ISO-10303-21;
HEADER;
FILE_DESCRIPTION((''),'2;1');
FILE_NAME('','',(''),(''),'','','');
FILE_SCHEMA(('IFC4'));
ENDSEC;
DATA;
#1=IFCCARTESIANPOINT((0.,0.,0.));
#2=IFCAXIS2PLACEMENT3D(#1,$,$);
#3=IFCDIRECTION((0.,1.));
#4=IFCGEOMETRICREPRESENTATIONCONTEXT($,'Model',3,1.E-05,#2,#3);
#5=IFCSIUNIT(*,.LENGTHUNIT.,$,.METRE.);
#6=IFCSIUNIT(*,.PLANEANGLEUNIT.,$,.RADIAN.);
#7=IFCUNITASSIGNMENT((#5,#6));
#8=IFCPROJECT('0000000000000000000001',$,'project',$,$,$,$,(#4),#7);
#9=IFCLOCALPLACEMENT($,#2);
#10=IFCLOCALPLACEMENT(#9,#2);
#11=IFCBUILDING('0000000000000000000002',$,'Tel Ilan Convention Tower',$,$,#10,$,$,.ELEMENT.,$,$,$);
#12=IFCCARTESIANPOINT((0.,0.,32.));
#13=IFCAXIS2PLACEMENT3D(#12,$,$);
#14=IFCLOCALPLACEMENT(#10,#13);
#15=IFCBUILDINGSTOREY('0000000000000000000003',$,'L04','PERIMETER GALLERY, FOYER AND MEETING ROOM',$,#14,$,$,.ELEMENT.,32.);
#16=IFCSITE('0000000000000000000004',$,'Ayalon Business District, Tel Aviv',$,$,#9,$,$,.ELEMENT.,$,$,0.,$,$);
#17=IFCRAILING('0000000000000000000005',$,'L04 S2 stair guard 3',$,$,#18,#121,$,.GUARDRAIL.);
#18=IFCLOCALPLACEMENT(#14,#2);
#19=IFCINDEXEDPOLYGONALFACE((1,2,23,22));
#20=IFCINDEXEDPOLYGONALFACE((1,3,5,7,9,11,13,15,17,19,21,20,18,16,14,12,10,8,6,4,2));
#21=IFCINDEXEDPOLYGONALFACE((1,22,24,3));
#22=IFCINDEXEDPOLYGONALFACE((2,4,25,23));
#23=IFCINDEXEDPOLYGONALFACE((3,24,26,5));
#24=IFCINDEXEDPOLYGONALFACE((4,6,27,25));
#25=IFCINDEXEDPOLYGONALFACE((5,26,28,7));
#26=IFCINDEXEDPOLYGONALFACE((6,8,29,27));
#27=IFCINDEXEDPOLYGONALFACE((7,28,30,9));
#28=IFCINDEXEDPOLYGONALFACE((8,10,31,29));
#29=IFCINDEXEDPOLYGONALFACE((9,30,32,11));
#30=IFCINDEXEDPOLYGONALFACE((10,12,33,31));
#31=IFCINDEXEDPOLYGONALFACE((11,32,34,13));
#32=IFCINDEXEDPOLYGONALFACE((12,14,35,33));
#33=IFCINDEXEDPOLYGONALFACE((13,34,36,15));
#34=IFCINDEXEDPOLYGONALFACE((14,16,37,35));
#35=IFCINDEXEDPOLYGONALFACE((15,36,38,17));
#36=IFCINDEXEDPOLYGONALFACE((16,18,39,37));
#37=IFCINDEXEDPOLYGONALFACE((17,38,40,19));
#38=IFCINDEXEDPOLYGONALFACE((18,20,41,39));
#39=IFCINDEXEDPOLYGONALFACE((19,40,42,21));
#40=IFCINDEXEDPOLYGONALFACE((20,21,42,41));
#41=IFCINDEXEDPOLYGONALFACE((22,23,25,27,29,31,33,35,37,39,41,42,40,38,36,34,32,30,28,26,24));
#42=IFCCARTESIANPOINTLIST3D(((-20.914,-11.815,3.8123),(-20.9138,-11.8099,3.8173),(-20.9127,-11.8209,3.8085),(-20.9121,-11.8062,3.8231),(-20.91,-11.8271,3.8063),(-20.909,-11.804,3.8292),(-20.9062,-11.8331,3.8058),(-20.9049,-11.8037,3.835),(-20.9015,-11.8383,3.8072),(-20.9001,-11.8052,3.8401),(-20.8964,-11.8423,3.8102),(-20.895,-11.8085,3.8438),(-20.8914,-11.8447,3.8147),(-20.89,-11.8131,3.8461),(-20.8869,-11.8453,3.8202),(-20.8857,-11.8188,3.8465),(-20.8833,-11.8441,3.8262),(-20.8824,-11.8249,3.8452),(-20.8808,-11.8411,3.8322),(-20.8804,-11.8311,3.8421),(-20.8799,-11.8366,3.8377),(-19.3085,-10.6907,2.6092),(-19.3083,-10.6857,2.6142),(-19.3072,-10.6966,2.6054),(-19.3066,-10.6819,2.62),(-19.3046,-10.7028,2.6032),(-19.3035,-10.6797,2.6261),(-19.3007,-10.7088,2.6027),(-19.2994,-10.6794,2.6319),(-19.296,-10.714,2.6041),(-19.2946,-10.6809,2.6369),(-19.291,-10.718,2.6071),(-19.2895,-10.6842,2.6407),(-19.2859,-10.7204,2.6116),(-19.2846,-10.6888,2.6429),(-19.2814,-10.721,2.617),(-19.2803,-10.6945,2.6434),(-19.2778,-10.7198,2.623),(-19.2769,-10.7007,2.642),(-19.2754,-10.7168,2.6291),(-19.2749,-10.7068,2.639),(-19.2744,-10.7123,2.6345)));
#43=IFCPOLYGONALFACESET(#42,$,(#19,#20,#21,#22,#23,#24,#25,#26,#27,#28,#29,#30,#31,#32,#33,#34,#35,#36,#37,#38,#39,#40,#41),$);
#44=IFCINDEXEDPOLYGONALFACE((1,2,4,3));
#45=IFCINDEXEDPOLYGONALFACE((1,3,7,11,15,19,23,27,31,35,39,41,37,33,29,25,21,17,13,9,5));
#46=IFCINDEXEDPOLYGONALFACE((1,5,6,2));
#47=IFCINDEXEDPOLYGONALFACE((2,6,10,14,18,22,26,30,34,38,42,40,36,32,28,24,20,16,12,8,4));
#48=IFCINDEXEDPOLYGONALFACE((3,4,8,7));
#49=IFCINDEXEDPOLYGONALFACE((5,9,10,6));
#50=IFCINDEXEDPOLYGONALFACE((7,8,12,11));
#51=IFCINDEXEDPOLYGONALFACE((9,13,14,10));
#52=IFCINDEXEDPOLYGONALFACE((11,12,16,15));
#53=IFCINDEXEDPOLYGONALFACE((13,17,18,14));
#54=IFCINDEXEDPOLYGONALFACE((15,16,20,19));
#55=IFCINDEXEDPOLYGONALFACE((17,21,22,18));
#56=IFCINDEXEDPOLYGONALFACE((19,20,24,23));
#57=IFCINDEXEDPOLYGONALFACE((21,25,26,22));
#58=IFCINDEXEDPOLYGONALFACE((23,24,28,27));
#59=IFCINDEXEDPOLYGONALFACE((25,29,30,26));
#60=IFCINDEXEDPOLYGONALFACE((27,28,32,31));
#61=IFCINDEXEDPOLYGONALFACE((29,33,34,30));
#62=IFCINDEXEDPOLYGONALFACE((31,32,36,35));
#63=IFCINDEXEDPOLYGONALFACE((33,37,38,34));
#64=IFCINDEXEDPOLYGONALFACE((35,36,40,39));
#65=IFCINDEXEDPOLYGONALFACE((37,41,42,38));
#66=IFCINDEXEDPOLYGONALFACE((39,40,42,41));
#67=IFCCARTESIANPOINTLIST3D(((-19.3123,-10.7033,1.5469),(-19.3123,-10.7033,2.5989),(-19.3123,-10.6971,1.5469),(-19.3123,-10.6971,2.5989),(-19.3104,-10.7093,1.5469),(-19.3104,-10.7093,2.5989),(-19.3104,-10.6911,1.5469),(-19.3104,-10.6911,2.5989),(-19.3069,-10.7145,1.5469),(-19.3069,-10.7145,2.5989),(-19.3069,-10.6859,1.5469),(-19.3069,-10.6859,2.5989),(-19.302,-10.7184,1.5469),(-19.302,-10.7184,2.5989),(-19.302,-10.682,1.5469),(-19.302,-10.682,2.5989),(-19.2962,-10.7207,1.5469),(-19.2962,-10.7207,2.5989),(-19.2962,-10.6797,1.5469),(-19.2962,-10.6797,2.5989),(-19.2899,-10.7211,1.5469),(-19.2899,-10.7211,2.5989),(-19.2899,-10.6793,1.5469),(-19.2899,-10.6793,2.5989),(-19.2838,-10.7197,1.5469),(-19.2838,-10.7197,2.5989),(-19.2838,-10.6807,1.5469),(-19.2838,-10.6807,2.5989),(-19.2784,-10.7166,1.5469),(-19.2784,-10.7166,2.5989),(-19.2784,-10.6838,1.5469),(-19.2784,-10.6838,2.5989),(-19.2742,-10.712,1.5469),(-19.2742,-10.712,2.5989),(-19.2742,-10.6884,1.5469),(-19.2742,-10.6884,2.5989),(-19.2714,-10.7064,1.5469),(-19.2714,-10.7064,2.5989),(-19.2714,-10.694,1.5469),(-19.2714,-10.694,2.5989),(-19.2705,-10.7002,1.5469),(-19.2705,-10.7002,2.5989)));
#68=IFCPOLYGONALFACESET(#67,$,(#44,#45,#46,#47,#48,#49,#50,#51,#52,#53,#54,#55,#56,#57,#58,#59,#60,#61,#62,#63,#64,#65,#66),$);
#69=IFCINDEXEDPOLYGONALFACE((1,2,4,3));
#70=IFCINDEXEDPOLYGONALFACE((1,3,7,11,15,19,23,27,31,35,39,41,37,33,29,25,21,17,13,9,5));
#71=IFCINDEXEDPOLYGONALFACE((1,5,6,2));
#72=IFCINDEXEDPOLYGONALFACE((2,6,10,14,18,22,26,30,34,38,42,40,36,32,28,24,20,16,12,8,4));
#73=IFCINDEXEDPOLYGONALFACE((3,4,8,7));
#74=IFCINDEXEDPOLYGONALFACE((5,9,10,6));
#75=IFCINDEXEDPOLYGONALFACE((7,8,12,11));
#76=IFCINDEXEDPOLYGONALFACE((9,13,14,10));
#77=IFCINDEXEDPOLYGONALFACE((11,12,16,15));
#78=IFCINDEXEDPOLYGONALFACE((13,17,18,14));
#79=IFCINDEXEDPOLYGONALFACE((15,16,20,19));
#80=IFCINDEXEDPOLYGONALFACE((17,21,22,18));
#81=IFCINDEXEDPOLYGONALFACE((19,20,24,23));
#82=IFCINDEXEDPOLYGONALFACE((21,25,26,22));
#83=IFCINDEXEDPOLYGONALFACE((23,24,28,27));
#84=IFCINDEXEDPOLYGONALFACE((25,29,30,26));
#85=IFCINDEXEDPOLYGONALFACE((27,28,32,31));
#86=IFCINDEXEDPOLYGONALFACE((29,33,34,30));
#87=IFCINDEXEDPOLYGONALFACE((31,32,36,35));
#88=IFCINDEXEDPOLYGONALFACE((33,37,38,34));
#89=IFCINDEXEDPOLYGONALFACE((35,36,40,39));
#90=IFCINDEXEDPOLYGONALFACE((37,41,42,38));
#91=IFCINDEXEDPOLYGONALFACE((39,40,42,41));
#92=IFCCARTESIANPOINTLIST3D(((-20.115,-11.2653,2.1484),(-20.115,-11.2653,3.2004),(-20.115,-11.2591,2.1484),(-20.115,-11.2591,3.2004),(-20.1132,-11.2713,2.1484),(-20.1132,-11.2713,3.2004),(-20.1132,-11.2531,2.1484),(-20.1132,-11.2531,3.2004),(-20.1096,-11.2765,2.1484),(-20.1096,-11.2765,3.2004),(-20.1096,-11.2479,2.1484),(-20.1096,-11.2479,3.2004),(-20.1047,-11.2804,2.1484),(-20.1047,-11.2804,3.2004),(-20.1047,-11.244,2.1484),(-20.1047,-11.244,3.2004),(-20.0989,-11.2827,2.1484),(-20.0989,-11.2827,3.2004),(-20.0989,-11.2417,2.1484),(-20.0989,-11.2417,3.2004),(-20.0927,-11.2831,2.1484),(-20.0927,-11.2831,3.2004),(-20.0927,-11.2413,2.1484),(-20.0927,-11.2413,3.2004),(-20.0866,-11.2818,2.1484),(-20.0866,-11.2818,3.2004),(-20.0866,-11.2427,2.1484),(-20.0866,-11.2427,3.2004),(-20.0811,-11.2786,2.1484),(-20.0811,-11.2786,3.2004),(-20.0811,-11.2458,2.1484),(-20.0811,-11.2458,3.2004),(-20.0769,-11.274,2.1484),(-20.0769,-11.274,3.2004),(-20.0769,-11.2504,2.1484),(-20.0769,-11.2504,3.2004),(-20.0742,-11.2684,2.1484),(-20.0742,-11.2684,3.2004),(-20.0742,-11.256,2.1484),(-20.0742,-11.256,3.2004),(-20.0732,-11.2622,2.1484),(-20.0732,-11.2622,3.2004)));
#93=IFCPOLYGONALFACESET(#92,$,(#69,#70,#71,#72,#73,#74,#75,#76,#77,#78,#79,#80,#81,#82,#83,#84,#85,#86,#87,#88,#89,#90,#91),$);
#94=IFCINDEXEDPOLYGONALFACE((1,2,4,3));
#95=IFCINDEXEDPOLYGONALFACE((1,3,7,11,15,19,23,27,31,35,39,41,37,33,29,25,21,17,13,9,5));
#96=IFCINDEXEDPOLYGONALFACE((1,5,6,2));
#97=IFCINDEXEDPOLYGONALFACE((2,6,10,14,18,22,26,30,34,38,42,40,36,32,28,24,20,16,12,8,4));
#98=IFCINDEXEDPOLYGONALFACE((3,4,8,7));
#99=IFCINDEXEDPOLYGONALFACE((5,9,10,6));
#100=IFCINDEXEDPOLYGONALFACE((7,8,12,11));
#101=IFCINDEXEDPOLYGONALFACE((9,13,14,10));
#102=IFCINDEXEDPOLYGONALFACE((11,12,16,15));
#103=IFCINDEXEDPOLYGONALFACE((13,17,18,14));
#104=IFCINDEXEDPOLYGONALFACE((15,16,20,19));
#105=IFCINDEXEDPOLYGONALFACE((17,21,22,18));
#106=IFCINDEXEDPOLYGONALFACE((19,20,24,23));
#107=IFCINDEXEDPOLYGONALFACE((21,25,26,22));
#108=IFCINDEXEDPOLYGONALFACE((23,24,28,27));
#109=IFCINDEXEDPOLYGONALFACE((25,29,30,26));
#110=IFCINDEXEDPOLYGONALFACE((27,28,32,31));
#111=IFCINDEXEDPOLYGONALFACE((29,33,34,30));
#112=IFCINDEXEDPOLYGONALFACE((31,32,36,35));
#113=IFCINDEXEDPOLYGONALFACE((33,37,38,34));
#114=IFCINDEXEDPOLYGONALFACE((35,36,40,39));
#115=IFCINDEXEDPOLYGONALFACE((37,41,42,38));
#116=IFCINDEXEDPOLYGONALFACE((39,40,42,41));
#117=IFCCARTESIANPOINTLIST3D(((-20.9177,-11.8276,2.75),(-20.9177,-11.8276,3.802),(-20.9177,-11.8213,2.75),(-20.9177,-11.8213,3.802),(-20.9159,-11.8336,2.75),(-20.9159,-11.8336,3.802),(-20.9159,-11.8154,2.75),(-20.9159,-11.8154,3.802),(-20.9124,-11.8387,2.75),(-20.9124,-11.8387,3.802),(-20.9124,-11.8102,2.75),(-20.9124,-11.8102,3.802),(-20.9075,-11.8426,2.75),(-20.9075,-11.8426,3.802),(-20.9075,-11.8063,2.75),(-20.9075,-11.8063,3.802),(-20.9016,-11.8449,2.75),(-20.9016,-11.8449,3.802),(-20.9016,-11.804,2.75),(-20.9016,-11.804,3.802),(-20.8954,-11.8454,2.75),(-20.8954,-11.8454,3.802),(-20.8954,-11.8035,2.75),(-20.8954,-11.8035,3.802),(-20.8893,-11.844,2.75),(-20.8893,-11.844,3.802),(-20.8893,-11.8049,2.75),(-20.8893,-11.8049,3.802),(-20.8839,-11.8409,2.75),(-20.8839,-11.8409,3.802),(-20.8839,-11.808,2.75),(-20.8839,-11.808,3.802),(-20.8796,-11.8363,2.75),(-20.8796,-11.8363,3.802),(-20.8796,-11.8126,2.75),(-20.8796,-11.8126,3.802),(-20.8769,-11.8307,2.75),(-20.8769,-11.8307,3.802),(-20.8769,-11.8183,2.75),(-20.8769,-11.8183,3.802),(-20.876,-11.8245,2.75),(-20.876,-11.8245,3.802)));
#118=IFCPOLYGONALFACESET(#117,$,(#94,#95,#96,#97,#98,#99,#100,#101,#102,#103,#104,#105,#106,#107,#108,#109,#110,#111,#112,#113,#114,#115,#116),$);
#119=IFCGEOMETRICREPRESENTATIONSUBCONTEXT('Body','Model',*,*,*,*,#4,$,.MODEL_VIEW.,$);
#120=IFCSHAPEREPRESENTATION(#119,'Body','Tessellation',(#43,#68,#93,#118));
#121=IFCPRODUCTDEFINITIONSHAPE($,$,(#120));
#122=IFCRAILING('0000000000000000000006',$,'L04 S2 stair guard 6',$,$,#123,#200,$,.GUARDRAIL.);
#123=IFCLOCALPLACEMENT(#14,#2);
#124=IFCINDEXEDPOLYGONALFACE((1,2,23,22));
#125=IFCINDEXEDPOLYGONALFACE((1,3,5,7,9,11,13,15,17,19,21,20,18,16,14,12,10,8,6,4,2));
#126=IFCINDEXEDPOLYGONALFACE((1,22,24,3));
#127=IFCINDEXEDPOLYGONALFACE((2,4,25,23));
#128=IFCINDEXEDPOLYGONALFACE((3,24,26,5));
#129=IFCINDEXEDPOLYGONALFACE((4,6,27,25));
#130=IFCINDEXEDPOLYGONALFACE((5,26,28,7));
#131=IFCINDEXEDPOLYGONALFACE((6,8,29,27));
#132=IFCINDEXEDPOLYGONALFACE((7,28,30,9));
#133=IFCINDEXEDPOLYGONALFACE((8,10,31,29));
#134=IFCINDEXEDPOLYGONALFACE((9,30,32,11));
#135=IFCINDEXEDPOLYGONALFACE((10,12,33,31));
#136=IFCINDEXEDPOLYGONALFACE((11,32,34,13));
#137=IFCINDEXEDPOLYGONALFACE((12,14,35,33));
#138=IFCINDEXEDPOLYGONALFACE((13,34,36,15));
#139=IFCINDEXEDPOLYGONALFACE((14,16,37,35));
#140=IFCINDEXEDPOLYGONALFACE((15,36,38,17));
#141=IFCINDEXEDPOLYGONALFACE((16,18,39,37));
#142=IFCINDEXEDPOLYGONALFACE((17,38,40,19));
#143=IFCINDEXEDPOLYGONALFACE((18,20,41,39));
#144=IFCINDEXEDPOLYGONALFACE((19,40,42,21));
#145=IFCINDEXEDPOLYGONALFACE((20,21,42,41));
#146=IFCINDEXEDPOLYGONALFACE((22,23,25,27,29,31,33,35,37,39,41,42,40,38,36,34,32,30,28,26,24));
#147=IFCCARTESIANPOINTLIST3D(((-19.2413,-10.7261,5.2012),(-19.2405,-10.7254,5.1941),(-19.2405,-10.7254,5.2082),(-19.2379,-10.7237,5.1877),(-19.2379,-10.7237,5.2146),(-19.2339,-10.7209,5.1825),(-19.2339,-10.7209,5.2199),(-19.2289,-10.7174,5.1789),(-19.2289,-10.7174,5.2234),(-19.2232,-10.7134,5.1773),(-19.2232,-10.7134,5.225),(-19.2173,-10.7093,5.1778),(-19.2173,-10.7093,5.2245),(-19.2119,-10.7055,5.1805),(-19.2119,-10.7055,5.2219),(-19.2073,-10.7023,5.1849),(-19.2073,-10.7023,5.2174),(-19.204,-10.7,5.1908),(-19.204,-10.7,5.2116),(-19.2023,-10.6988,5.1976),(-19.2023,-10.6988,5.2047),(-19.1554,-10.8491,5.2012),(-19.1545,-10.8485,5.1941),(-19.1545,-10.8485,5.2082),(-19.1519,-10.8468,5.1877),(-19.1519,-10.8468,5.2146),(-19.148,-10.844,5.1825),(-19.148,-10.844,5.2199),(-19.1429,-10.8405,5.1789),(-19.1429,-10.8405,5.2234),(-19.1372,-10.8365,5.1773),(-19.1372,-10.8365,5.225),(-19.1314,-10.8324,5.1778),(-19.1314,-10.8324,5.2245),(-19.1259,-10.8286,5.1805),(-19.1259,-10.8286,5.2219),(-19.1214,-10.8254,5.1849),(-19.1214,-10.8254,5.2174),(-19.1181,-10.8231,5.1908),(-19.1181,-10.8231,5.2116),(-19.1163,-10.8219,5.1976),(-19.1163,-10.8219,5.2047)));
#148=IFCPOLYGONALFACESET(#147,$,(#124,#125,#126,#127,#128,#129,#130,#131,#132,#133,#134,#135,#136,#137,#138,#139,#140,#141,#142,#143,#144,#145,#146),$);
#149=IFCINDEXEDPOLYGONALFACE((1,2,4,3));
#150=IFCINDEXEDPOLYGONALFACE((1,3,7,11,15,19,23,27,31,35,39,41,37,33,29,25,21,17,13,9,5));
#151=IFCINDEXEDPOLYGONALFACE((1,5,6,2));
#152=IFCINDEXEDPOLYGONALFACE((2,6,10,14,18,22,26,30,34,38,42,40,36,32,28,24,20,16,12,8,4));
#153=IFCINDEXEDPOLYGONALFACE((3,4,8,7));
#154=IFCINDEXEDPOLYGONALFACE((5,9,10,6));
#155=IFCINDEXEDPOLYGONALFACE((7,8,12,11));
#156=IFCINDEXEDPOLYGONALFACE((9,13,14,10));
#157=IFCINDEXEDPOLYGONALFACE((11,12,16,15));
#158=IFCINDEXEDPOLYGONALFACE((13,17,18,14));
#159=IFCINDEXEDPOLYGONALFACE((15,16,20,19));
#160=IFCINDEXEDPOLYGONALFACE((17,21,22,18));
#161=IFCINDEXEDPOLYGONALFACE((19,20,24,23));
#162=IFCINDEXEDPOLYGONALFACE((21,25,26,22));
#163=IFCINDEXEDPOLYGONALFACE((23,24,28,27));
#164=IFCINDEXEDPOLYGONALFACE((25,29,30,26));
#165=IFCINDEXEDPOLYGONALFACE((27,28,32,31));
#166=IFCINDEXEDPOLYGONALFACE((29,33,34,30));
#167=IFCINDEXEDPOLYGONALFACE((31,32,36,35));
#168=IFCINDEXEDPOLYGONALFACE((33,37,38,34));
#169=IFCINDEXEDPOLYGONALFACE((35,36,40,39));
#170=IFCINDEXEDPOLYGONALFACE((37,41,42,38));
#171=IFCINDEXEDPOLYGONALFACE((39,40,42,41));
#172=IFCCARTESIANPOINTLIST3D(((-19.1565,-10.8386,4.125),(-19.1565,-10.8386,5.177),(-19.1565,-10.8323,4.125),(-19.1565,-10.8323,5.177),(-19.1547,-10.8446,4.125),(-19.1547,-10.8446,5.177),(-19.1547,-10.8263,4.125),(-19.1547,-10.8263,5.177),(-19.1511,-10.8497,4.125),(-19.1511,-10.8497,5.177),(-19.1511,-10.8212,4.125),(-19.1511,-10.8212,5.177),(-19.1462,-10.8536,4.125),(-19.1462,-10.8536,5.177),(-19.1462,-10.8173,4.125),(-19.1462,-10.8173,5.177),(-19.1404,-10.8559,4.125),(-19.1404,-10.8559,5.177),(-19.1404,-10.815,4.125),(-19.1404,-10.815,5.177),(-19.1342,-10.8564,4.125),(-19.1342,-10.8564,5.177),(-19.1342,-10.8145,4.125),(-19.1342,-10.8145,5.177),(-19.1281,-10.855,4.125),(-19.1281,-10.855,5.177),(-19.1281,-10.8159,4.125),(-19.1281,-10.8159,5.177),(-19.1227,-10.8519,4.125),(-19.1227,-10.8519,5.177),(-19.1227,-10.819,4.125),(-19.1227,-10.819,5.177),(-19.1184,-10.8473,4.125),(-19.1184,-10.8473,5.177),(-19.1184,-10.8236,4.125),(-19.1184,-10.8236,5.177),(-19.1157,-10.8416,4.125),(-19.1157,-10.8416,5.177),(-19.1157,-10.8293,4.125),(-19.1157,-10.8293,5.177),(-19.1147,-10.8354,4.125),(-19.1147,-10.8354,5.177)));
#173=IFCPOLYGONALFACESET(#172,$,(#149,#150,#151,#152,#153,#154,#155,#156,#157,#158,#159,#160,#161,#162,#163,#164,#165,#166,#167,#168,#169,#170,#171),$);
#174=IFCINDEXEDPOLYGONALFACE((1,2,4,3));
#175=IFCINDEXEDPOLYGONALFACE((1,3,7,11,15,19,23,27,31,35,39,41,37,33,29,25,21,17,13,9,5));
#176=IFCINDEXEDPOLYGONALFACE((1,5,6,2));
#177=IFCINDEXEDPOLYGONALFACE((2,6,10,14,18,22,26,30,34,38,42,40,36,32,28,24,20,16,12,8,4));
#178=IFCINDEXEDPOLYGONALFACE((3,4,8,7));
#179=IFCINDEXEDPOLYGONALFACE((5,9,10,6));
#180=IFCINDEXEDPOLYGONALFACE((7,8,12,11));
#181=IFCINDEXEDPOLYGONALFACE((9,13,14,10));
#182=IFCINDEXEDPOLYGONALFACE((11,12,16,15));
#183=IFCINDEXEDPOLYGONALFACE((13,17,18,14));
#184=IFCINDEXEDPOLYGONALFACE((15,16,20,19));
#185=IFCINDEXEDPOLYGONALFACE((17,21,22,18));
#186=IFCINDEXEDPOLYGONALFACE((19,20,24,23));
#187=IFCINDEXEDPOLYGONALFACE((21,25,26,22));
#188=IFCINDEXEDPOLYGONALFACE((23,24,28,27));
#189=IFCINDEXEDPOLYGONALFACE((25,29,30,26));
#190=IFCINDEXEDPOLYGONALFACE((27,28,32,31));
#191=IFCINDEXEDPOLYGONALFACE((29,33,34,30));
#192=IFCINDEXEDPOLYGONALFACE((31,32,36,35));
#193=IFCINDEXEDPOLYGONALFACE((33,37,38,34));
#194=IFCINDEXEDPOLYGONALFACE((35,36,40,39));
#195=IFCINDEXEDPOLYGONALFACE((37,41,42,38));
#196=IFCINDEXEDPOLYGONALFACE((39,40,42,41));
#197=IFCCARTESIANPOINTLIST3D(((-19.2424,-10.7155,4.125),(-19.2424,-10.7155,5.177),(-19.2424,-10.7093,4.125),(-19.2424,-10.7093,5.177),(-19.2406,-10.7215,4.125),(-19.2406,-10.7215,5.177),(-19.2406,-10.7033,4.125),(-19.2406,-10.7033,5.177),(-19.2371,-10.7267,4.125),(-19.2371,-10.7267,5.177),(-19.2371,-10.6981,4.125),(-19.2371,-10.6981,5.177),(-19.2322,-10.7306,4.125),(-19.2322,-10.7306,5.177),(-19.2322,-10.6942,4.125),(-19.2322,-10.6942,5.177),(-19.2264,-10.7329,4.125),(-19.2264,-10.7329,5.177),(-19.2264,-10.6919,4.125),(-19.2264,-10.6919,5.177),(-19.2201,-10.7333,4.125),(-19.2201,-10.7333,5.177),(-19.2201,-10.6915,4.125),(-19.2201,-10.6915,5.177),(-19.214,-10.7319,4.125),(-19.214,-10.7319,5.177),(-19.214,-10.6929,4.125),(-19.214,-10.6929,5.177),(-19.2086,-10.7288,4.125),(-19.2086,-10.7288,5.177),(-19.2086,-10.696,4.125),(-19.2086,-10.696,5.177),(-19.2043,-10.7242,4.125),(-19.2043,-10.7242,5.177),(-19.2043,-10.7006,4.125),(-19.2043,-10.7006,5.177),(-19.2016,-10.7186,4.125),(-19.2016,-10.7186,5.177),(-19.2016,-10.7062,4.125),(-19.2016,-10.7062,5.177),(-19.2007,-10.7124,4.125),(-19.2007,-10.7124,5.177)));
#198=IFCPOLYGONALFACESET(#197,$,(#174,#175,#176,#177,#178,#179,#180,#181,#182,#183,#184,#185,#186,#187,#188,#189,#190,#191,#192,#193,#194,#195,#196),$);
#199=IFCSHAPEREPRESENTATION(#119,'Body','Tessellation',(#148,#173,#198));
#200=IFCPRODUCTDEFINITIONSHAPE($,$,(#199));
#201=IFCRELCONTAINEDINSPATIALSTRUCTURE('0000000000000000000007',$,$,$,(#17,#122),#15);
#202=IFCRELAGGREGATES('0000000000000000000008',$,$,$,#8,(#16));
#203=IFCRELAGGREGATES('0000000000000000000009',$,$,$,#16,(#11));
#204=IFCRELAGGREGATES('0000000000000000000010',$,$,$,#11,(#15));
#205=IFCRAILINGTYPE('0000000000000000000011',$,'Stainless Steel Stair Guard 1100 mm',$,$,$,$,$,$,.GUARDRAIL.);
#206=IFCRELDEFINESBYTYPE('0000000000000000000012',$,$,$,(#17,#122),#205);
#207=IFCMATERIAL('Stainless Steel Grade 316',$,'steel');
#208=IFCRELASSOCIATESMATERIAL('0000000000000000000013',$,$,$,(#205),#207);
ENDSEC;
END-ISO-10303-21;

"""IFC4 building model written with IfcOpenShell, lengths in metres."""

from ifc_helpers import new_model, si_unit, direction, frame, origin, origin_2d, place, context, subcontext, project, spatial, circle, extrude, material, type_object, element, save


model = new_model("IFC4")

# Units and contexts
model_context = context("Model", 3, precision=1e-05, world=origin(), true_north=direction((0.0, 1.0)))
body_context = subcontext(model_context, "Body", "Model", "MODEL_VIEW")
ifc_project = project(units=[si_unit("LENGTHUNIT", "METRE"), si_unit("PLANEANGLEUNIT", "RADIAN")], contexts=[model_context])

# Site, building, storey
site_placement = place(None, origin())
site = spatial("IfcSite", under=ifc_project, at=site_placement, Name="Ayalon Business District, Tel Aviv", CompositionType="ELEMENT", RefElevation=0.0)
building_placement = place(site_placement, origin())
building = spatial("IfcBuilding", under=site, at=building_placement, Name="Tel Ilan Convention Tower", CompositionType="ELEMENT")
storey_placement = place(building_placement, frame((0.0, 0.0, 32.0)))
storey = spatial("IfcBuildingStorey", under=building, at=storey_placement, Name="L04", Description="PERIMETER GALLERY, FOYER AND MEETING ROOM", CompositionType="ELEMENT", Elevation=32.0)

# Railings
ifc_material_1 = material(Name="Stainless Steel Grade 316", Category="steel")
railing_type_1 = type_object("IfcRailingType", Name="Stainless Steel Stair Guard 1100 mm", PredefinedType="GUARDRAIL", material=ifc_material_1)
railing_1_placement = place(storey_placement, frame((-19.2915, -10.7002, 1.5469)))
element("IfcRailing", 1, at=railing_1_placement, inside=storey, type_object=railing_type_1, Name="L04 S2 stair guard 3", PredefinedType="GUARDRAIL", context=body_context, shape_type="SweptSolid", body=[
    extrude(circle(Radius=0.0239, at=origin_2d()), frame((0.0, 0.0, 1.0762), z_axis=(-0.698095, -0.488857, 0.523146), x_axis=(0.573613, -0.819127, 0.0)), (0.0, 0.0, 1.0), 2.2998),
    extrude(circle(Radius=0.021, at=origin_2d()), origin(), (0.0, 0.0, 1.0), 1.052),
    extrude(circle(Radius=0.021, at=origin_2d()), frame((-0.8027, -0.562, 0.6016)), (0.0, 0.0, 1.0), 1.052),
    extrude(circle(Radius=0.021, at=origin_2d()), frame((-1.6055, -1.1243, 1.2031)), (0.0, 0.0, 1.0), 1.052),
])
railing_2_placement = place(storey_placement, frame((-19.1357, -10.8354, 4.125)))
element("IfcRailing", 2, at=railing_2_placement, inside=storey, type_object=railing_type_1, Name="L04 S2 stair guard 6", PredefinedType="GUARDRAIL", context=body_context, shape_type="SweptSolid", body=[
    extrude(circle(Radius=0.0239, at=origin_2d()), frame((0.0, 0.0, 1.0762), z_axis=(-0.572589, 0.819843, 0.0), x_axis=(-0.819843, -0.572589, 0.0)), (0.0, 0.0, 1.0), 0.1501),
    extrude(circle(Radius=0.021, at=origin_2d()), origin(), (0.0, 0.0, 1.0), 1.052),
    extrude(circle(Radius=0.021, at=origin_2d()), frame((-0.0859, 0.123, 0.0)), (0.0, 0.0, 1.0), 1.052),
])

save(model, "model.ifc")
